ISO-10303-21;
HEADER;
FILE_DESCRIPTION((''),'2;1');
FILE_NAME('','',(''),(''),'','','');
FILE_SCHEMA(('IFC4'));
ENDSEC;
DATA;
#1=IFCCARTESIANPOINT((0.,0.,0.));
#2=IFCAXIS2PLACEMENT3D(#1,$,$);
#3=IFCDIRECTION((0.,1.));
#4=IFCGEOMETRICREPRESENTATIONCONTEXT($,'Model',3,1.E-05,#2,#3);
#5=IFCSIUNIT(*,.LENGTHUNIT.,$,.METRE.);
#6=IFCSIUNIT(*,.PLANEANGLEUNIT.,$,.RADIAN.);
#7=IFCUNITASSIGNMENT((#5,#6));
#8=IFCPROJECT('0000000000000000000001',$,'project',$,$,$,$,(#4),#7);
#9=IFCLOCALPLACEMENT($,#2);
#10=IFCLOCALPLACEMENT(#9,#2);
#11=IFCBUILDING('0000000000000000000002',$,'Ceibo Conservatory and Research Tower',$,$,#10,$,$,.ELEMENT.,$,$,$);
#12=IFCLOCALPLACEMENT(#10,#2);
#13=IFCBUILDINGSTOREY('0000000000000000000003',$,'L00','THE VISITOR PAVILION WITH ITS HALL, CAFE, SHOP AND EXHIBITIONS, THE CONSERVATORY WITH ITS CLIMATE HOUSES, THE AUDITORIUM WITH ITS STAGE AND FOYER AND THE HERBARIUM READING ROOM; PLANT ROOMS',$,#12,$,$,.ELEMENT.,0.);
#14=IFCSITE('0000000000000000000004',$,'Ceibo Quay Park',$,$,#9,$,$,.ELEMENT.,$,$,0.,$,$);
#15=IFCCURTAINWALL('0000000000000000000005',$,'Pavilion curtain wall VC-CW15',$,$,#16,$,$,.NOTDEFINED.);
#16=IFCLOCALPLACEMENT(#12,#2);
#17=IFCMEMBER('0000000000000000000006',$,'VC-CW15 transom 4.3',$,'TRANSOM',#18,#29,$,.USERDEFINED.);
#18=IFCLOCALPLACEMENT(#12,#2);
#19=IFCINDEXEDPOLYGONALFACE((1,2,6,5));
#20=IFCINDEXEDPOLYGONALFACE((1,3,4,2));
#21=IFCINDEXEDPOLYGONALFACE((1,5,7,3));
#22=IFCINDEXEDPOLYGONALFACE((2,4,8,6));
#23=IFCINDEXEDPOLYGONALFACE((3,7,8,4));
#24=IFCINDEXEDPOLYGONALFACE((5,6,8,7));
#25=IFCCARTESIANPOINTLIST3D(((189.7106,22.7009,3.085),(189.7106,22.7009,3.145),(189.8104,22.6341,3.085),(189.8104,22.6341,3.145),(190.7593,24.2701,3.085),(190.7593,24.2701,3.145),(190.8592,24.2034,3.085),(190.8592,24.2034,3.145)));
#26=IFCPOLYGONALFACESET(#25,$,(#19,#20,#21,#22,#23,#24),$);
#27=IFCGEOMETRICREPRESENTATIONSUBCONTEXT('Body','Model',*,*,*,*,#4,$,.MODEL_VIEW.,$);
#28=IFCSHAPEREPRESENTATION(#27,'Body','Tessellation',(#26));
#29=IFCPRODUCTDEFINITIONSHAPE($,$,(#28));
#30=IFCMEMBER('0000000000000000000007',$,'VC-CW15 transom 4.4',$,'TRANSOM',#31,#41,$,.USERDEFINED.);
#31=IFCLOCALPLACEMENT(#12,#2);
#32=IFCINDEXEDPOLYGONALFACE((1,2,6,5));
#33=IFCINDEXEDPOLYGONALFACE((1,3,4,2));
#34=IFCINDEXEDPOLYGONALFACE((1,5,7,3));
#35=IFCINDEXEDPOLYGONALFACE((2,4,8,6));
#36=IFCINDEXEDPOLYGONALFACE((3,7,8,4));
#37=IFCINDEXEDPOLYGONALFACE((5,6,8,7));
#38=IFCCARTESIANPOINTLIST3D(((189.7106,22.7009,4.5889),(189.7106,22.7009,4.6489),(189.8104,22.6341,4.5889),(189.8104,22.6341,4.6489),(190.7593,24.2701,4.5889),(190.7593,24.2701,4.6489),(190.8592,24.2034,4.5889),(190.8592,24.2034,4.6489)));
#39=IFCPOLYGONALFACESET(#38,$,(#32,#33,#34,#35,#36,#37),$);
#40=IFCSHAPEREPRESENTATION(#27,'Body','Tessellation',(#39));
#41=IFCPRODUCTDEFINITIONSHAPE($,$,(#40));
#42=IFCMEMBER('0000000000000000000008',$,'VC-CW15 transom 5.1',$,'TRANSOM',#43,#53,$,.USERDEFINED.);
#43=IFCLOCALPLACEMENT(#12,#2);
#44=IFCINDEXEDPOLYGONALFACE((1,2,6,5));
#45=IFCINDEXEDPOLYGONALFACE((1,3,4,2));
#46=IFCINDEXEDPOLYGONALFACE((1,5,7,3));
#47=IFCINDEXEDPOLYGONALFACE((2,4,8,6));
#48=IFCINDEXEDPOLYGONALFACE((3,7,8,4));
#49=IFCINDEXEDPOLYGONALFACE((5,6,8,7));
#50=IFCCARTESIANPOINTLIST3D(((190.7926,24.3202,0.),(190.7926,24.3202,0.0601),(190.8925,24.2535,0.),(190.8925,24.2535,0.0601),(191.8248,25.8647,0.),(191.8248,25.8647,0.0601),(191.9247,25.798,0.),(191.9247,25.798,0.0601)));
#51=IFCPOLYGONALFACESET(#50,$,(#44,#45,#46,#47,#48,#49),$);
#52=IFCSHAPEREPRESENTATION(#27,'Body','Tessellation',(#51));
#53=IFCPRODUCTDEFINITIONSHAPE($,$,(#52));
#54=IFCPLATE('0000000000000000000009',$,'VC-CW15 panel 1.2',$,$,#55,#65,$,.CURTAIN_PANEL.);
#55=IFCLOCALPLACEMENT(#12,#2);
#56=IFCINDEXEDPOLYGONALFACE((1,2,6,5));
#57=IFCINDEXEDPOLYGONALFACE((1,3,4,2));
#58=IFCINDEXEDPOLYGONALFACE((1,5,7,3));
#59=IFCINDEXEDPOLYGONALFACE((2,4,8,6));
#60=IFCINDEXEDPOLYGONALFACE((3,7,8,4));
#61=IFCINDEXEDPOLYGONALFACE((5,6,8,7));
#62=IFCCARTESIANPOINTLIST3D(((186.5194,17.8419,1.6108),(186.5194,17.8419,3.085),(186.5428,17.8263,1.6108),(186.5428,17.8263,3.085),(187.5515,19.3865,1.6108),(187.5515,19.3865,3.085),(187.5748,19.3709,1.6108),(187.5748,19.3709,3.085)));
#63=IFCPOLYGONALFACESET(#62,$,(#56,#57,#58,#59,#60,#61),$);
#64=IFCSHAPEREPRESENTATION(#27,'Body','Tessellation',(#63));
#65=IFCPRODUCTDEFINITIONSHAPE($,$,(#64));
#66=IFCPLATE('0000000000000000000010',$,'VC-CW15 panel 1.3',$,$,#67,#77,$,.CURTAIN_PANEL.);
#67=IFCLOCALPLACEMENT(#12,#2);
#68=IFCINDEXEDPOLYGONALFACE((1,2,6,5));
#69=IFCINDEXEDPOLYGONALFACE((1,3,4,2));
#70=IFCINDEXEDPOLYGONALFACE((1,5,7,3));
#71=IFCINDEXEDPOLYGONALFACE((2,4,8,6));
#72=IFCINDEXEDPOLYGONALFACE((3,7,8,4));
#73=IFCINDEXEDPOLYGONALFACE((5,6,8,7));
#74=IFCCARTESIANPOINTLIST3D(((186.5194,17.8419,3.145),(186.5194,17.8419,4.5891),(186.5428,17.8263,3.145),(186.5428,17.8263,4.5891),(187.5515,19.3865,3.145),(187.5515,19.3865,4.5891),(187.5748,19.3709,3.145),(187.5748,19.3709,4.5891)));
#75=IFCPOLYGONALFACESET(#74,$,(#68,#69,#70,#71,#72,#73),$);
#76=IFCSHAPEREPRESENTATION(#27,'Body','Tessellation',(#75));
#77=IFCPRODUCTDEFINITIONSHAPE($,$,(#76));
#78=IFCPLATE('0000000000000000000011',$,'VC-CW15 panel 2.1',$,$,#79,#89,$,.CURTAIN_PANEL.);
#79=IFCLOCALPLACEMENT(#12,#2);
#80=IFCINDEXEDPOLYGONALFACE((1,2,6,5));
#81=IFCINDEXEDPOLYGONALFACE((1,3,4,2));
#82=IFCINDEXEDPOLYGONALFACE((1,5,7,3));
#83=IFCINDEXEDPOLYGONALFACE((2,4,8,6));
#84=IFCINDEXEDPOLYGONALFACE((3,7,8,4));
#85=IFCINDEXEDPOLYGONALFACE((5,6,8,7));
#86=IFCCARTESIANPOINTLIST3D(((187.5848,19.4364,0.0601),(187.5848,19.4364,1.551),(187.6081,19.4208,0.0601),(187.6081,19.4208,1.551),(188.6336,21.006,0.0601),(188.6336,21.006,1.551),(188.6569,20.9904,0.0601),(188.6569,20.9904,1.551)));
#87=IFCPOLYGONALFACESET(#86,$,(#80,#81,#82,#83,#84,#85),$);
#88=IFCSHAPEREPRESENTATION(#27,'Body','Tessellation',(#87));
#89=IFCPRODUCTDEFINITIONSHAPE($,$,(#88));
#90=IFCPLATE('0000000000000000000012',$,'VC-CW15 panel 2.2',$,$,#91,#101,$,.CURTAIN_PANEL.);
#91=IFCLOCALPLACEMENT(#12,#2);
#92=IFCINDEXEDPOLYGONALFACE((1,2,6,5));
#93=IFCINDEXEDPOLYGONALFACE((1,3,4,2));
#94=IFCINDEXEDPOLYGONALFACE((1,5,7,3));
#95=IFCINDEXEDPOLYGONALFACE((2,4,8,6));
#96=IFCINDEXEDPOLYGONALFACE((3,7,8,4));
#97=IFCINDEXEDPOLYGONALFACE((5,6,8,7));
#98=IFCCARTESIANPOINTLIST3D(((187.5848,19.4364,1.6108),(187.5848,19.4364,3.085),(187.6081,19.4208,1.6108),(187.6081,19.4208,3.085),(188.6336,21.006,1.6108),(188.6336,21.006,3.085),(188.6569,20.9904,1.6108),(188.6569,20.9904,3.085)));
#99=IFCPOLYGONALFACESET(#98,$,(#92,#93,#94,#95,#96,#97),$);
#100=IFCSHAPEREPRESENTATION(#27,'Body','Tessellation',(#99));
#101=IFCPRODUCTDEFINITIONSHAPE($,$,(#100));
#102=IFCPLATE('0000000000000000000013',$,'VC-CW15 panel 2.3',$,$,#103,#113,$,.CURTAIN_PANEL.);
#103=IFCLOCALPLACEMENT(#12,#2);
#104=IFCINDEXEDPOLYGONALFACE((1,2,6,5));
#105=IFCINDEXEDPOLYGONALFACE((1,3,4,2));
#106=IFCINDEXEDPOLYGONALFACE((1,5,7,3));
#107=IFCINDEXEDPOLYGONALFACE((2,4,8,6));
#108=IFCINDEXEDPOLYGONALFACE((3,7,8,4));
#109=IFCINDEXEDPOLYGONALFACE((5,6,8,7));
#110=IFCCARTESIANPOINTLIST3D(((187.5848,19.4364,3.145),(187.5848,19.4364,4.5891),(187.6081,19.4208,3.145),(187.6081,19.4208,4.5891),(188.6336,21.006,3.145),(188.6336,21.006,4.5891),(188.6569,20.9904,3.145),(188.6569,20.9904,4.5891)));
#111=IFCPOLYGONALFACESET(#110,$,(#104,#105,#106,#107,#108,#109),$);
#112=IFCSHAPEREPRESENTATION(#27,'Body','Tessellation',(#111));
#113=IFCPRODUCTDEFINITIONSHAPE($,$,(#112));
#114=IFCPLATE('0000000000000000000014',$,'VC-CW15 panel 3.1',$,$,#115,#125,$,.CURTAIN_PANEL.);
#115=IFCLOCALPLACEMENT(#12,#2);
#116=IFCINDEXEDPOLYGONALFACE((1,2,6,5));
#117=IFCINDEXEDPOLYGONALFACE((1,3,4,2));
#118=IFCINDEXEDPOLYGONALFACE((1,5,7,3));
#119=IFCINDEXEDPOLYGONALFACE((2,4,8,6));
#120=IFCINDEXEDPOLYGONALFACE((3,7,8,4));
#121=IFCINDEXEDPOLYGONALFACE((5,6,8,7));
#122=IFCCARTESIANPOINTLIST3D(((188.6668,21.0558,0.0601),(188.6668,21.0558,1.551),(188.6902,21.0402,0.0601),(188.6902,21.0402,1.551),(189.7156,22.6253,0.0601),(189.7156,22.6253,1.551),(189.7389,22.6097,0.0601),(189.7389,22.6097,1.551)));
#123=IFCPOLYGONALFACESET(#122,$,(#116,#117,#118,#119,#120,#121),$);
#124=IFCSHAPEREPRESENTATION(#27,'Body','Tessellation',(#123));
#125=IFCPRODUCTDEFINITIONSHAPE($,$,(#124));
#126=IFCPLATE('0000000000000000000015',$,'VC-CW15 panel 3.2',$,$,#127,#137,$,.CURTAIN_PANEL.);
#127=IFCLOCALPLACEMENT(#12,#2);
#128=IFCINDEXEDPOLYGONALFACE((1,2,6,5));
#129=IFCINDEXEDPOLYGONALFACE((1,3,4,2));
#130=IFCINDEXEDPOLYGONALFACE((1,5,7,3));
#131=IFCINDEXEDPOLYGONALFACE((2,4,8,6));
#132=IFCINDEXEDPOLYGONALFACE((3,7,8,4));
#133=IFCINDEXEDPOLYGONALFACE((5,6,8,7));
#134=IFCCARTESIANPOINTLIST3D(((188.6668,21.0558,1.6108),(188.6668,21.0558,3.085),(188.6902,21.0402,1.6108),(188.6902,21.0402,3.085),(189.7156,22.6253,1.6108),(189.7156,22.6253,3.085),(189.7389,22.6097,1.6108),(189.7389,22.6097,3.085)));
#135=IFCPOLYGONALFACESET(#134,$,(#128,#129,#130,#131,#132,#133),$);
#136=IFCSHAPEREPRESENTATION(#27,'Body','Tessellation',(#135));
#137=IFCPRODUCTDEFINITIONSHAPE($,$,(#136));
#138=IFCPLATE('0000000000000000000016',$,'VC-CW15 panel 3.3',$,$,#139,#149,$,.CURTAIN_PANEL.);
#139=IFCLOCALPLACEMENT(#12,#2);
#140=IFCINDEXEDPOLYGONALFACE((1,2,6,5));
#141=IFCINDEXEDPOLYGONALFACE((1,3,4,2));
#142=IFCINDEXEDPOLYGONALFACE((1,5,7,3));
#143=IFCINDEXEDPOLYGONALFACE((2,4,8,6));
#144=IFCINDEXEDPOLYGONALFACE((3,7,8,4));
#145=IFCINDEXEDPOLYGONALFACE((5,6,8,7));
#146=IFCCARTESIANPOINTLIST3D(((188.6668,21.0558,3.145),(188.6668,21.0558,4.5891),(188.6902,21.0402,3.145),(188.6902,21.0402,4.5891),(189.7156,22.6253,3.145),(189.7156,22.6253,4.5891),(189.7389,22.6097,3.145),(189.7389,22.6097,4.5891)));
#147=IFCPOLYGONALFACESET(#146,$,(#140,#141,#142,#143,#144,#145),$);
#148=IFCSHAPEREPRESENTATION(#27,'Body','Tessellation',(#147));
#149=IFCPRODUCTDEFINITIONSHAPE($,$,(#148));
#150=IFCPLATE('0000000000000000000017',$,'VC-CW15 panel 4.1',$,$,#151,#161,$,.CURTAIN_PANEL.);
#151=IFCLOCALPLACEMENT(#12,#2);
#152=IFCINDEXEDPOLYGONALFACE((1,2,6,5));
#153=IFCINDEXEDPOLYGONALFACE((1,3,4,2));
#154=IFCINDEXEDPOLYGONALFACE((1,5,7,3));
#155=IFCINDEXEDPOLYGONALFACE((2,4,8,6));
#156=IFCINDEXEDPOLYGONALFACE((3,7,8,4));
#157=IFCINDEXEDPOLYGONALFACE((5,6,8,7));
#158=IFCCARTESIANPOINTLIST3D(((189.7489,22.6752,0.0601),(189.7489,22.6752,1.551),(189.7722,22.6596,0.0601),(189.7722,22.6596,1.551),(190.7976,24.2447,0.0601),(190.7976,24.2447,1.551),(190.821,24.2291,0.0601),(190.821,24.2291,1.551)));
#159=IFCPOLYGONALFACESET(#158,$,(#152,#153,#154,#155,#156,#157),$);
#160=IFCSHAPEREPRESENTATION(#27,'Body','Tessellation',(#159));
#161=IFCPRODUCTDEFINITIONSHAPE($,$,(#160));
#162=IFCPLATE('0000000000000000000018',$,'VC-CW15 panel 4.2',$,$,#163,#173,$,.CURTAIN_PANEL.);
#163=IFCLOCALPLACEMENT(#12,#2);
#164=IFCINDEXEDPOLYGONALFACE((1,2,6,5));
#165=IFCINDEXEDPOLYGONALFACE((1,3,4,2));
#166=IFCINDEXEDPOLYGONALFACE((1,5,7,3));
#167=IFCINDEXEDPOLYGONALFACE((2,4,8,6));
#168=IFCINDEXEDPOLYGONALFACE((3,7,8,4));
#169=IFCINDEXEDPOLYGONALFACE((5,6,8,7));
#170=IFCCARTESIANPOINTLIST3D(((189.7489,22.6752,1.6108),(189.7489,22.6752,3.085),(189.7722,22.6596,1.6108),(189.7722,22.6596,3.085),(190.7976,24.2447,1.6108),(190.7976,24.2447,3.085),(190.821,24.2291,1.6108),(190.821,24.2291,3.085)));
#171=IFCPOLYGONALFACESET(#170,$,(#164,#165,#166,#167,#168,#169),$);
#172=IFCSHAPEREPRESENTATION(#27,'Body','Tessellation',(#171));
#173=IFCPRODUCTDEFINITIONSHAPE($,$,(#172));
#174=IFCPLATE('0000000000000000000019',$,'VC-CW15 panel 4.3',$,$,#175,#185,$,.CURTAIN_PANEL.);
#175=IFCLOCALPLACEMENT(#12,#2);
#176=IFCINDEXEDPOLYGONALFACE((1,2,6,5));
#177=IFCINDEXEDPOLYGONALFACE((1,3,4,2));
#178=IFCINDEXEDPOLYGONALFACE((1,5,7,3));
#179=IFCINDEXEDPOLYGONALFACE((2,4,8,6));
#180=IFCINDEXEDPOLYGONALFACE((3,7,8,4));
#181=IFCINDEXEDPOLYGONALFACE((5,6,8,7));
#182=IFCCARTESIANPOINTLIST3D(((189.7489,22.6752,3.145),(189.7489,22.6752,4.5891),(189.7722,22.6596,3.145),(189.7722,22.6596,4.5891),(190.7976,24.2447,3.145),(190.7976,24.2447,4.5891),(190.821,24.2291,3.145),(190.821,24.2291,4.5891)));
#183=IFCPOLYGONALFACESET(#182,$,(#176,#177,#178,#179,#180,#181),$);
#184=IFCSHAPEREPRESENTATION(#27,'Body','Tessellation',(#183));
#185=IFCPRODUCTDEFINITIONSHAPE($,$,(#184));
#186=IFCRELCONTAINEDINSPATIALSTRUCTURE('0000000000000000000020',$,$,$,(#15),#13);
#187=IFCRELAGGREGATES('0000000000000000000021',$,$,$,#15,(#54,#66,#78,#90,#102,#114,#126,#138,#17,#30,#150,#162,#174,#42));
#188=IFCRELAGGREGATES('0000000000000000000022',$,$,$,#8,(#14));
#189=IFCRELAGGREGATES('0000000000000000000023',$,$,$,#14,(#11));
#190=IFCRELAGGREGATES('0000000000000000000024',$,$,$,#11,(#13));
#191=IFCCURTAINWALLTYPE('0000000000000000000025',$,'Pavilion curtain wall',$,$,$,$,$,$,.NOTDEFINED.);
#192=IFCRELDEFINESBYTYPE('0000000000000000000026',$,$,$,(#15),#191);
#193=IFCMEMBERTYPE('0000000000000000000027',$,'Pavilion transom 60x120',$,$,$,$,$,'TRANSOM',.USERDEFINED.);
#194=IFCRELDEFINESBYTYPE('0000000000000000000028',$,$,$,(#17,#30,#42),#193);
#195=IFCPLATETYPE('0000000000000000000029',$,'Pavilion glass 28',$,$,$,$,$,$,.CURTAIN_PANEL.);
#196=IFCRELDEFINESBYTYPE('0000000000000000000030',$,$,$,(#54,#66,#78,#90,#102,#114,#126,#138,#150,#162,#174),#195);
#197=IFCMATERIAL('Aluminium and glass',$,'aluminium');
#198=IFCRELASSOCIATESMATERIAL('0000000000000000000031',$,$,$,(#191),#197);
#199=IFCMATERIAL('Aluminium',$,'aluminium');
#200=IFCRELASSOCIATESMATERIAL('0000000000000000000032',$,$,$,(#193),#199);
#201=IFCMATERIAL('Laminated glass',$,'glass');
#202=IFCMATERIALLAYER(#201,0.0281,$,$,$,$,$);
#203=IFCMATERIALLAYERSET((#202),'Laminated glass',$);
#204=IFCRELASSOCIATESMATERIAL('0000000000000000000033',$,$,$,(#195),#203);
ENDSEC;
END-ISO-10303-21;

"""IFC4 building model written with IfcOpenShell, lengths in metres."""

from ifc_helpers import new_model, si_unit, direction, frame, origin, origin_2d, place, context, subcontext, project, spatial, rectangle, extrude, material, layer, layer_set, material_profile, profile_set, type_object, element, aggregate, save


model = new_model("IFC4")

# Units and contexts
model_context = context("Model", 3, precision=1e-05, world=origin(), true_north=direction((0.0, 1.0)))
body_context = subcontext(model_context, "Body", "Model", "MODEL_VIEW")
ifc_project = project(units=[si_unit("LENGTHUNIT", "METRE"), si_unit("PLANEANGLEUNIT", "RADIAN")], contexts=[model_context])

# Site, building, storey
site_placement = place(None, origin())
site = spatial("IfcSite", under=ifc_project, at=site_placement, Name="Ceibo Quay Park", CompositionType="ELEMENT", RefElevation=0.0)
building_placement = place(site_placement, origin())
building = spatial("IfcBuilding", under=site, at=building_placement, Name="Ceibo Conservatory and Research Tower", CompositionType="ELEMENT")
storey_placement = place(building_placement, origin())
storey = spatial("IfcBuildingStorey", under=building, at=storey_placement, Name="L00", Description="THE VISITOR PAVILION WITH ITS HALL, CAFE, SHOP AND EXHIBITIONS, THE CONSERVATORY WITH ITS CLIMATE HOUSES, THE AUDITORIUM WITH ITS STAGE AND FOYER AND THE HERBARIUM READING ROOM; PLANT ROOMS", CompositionType="ELEMENT", Elevation=0.0)

# Curtain wall, members, plates
ifc_material_1 = material(Name="Aluminium and glass", Category="aluminium")
curtain_wall_type = type_object("IfcCurtainWallType", Name="Pavilion curtain wall", PredefinedType="NOTDEFINED", material=ifc_material_1)
curtain_wall_placement = place(storey_placement, origin())
curtain_wall = element("IfcCurtainWall", 1, at=curtain_wall_placement, inside=storey, type_object=curtain_wall_type, Name="Pavilion curtain wall VC-CW15", PredefinedType="NOTDEFINED")
ifc_material_2 = material(Name="Aluminium", Category="aluminium")
ifc_material_profile_1 = material_profile(ifc_material_2, rectangle(XDim=0.1201, YDim=0.0601, at=origin_2d()), Name="AL 60x120")
ifc_profile_set_1 = profile_set([ifc_material_profile_1], Name="Aluminium")
member_type_1 = type_object("IfcMemberType", Name="Pavilion transom 60x120", ElementType="TRANSOM", PredefinedType="USERDEFINED", material=ifc_profile_set_1)
member_1_placement = place(storey_placement, frame((189.7605, 22.6675, 3.115), z_axis=(0.555655, 0.831413, 0.0), x_axis=(-0.831413, 0.555655, 0.0)))
member_1 = element("IfcMember", 2, at=member_1_placement, type_object=member_type_1, Name="VC-CW15 transom 4.3", ObjectType="TRANSOM", PredefinedType="USERDEFINED", context=body_context, shape_type="SweptSolid", body=[
    extrude(rectangle(XDim=0.1201, YDim=0.0601, at=origin_2d()), origin(), (0.0, 0.0, 1.0), 1.8875),
])
member_2_placement = place(storey_placement, frame((189.7605, 22.6675, 4.6189), z_axis=(0.555655, 0.831413, 0.0), x_axis=(-0.831413, 0.555655, 0.0)))
member_2 = element("IfcMember", 3, at=member_2_placement, type_object=member_type_1, Name="VC-CW15 transom 4.4", ObjectType="TRANSOM", PredefinedType="USERDEFINED", context=body_context, shape_type="SweptSolid", body=[
    extrude(rectangle(XDim=0.1201, YDim=0.0601, at=origin_2d()), origin(), (0.0, 0.0, 1.0), 1.8875),
])
member_3_placement = place(storey_placement, frame((190.8425, 24.2869, 0.03), z_axis=(0.55567, 0.831403, 0.0), x_axis=(-0.831403, 0.55567, 0.0)))
member_3 = element("IfcMember", 4, at=member_3_placement, type_object=member_type_1, Name="VC-CW15 transom 5.1", ObjectType="TRANSOM", PredefinedType="USERDEFINED", context=body_context, shape_type="SweptSolid", body=[
    extrude(rectangle(XDim=0.1201, YDim=0.0601, at=origin_2d()), origin(), (0.0, 0.0, 1.0), 1.8577),
])
ifc_material_3 = material(Name="Laminated glass", Category="glass")
ifc_layer_1 = layer(ifc_material_3, 0.0281)
ifc_layer_set_1 = layer_set([ifc_layer_1], Name="Laminated glass")
plate_type = type_object("IfcPlateType", Name="Pavilion glass 28", PredefinedType="CURTAIN_PANEL", material=ifc_layer_set_1)
plate_1_placement = place(storey_placement, frame((187.0471, 18.6064, 1.6108), z_axis=(0.0, 0.0, 1.0), x_axis=(0.55557, 0.83147, 0.0)))
plate_1 = element("IfcPlate", 5, at=plate_1_placement, type_object=plate_type, Name="VC-CW15 panel 1.2", PredefinedType="CURTAIN_PANEL", context=body_context, shape_type="SweptSolid", body=[
    extrude(rectangle(XDim=1.8577, YDim=0.0281, at=origin_2d()), origin(), (0.0, 0.0, 1.0), 1.4741),
])
plate_2_placement = place(storey_placement, frame((187.0471, 18.6064, 3.145), z_axis=(0.0, 0.0, 1.0), x_axis=(0.55557, 0.83147, 0.0)))
plate_2 = element("IfcPlate", 6, at=plate_2_placement, type_object=plate_type, Name="VC-CW15 panel 1.3", PredefinedType="CURTAIN_PANEL", context=body_context, shape_type="SweptSolid", body=[
    extrude(rectangle(XDim=1.8577, YDim=0.0281, at=origin_2d()), origin(), (0.0, 0.0, 1.0), 1.4441),
])
plate_3_placement = place(storey_placement, frame((188.1208, 20.2134, 0.0601), z_axis=(0.0, 0.0, 1.0), x_axis=(0.55557, 0.83147, 0.0)))
plate_3 = element("IfcPlate", 7, at=plate_3_placement, type_object=plate_type, Name="VC-CW15 panel 2.1", PredefinedType="CURTAIN_PANEL", context=body_context, shape_type="SweptSolid", body=[
    extrude(rectangle(XDim=1.8877, YDim=0.0281, at=origin_2d()), origin(), (0.0, 0.0, 1.0), 1.491),
])
plate_4_placement = place(storey_placement, frame((188.1208, 20.2134, 1.6108), z_axis=(0.0, 0.0, 1.0), x_axis=(0.55557, 0.83147, 0.0)))
plate_4 = element("IfcPlate", 8, at=plate_4_placement, type_object=plate_type, Name="VC-CW15 panel 2.2", PredefinedType="CURTAIN_PANEL", context=body_context, shape_type="SweptSolid", body=[
    extrude(rectangle(XDim=1.8877, YDim=0.0281, at=origin_2d()), origin(), (0.0, 0.0, 1.0), 1.4741),
])
plate_5_placement = place(storey_placement, frame((188.1208, 20.2134, 3.145), z_axis=(0.0, 0.0, 1.0), x_axis=(0.55557, 0.83147, 0.0)))
plate_5 = element("IfcPlate", 9, at=plate_5_placement, type_object=plate_type, Name="VC-CW15 panel 2.3", PredefinedType="CURTAIN_PANEL", context=body_context, shape_type="SweptSolid", body=[
    extrude(rectangle(XDim=1.8877, YDim=0.0281, at=origin_2d()), origin(), (0.0, 0.0, 1.0), 1.4441),
])
plate_6_placement = place(storey_placement, frame((189.2029, 21.8328, 0.0601), z_axis=(0.0, 0.0, 1.0), x_axis=(0.55557, 0.83147, 0.0)))
plate_6 = element("IfcPlate", 10, at=plate_6_placement, type_object=plate_type, Name="VC-CW15 panel 3.1", PredefinedType="CURTAIN_PANEL", context=body_context, shape_type="SweptSolid", body=[
    extrude(rectangle(XDim=1.8877, YDim=0.0281, at=origin_2d()), origin(), (0.0, 0.0, 1.0), 1.491),
])
plate_7_placement = place(storey_placement, frame((189.2029, 21.8328, 1.6108), z_axis=(0.0, 0.0, 1.0), x_axis=(0.55557, 0.83147, 0.0)))
plate_7 = element("IfcPlate", 11, at=plate_7_placement, type_object=plate_type, Name="VC-CW15 panel 3.2", PredefinedType="CURTAIN_PANEL", context=body_context, shape_type="SweptSolid", body=[
    extrude(rectangle(XDim=1.8877, YDim=0.0281, at=origin_2d()), origin(), (0.0, 0.0, 1.0), 1.4741),
])
plate_8_placement = place(storey_placement, frame((189.2029, 21.8328, 3.145), z_axis=(0.0, 0.0, 1.0), x_axis=(0.55557, 0.83147, 0.0)))
plate_8 = element("IfcPlate", 12, at=plate_8_placement, type_object=plate_type, Name="VC-CW15 panel 3.3", PredefinedType="CURTAIN_PANEL", context=body_context, shape_type="SweptSolid", body=[
    extrude(rectangle(XDim=1.8877, YDim=0.0281, at=origin_2d()), origin(), (0.0, 0.0, 1.0), 1.4441),
])
plate_9_placement = place(storey_placement, frame((190.2849, 23.4521, 0.0601), z_axis=(0.0, 0.0, 1.0), x_axis=(0.55557, 0.83147, 0.0)))
plate_9 = element("IfcPlate", 13, at=plate_9_placement, type_object=plate_type, Name="VC-CW15 panel 4.1", PredefinedType="CURTAIN_PANEL", context=body_context, shape_type="SweptSolid", body=[
    extrude(rectangle(XDim=1.8877, YDim=0.0281, at=origin_2d()), origin(), (0.0, 0.0, 1.0), 1.491),
])
plate_10_placement = place(storey_placement, frame((190.2849, 23.4521, 1.6108), z_axis=(0.0, 0.0, 1.0), x_axis=(0.55557, 0.83147, 0.0)))
plate_10 = element("IfcPlate", 14, at=plate_10_placement, type_object=plate_type, Name="VC-CW15 panel 4.2", PredefinedType="CURTAIN_PANEL", context=body_context, shape_type="SweptSolid", body=[
    extrude(rectangle(XDim=1.8877, YDim=0.0281, at=origin_2d()), origin(), (0.0, 0.0, 1.0), 1.4741),
])
plate_11_placement = place(storey_placement, frame((190.2849, 23.4521, 3.145), z_axis=(0.0, 0.0, 1.0), x_axis=(0.55557, 0.83147, 0.0)))
plate_11 = element("IfcPlate", 15, at=plate_11_placement, type_object=plate_type, Name="VC-CW15 panel 4.3", PredefinedType="CURTAIN_PANEL", context=body_context, shape_type="SweptSolid", body=[
    extrude(rectangle(XDim=1.8877, YDim=0.0281, at=origin_2d()), origin(), (0.0, 0.0, 1.0), 1.4441),
])
aggregate(curtain_wall, [plate_1, plate_2, plate_3, plate_4, plate_5, plate_6, plate_7, plate_8, member_1, member_2, plate_9, plate_10, plate_11, member_3])

save(model, "model.ifc")
